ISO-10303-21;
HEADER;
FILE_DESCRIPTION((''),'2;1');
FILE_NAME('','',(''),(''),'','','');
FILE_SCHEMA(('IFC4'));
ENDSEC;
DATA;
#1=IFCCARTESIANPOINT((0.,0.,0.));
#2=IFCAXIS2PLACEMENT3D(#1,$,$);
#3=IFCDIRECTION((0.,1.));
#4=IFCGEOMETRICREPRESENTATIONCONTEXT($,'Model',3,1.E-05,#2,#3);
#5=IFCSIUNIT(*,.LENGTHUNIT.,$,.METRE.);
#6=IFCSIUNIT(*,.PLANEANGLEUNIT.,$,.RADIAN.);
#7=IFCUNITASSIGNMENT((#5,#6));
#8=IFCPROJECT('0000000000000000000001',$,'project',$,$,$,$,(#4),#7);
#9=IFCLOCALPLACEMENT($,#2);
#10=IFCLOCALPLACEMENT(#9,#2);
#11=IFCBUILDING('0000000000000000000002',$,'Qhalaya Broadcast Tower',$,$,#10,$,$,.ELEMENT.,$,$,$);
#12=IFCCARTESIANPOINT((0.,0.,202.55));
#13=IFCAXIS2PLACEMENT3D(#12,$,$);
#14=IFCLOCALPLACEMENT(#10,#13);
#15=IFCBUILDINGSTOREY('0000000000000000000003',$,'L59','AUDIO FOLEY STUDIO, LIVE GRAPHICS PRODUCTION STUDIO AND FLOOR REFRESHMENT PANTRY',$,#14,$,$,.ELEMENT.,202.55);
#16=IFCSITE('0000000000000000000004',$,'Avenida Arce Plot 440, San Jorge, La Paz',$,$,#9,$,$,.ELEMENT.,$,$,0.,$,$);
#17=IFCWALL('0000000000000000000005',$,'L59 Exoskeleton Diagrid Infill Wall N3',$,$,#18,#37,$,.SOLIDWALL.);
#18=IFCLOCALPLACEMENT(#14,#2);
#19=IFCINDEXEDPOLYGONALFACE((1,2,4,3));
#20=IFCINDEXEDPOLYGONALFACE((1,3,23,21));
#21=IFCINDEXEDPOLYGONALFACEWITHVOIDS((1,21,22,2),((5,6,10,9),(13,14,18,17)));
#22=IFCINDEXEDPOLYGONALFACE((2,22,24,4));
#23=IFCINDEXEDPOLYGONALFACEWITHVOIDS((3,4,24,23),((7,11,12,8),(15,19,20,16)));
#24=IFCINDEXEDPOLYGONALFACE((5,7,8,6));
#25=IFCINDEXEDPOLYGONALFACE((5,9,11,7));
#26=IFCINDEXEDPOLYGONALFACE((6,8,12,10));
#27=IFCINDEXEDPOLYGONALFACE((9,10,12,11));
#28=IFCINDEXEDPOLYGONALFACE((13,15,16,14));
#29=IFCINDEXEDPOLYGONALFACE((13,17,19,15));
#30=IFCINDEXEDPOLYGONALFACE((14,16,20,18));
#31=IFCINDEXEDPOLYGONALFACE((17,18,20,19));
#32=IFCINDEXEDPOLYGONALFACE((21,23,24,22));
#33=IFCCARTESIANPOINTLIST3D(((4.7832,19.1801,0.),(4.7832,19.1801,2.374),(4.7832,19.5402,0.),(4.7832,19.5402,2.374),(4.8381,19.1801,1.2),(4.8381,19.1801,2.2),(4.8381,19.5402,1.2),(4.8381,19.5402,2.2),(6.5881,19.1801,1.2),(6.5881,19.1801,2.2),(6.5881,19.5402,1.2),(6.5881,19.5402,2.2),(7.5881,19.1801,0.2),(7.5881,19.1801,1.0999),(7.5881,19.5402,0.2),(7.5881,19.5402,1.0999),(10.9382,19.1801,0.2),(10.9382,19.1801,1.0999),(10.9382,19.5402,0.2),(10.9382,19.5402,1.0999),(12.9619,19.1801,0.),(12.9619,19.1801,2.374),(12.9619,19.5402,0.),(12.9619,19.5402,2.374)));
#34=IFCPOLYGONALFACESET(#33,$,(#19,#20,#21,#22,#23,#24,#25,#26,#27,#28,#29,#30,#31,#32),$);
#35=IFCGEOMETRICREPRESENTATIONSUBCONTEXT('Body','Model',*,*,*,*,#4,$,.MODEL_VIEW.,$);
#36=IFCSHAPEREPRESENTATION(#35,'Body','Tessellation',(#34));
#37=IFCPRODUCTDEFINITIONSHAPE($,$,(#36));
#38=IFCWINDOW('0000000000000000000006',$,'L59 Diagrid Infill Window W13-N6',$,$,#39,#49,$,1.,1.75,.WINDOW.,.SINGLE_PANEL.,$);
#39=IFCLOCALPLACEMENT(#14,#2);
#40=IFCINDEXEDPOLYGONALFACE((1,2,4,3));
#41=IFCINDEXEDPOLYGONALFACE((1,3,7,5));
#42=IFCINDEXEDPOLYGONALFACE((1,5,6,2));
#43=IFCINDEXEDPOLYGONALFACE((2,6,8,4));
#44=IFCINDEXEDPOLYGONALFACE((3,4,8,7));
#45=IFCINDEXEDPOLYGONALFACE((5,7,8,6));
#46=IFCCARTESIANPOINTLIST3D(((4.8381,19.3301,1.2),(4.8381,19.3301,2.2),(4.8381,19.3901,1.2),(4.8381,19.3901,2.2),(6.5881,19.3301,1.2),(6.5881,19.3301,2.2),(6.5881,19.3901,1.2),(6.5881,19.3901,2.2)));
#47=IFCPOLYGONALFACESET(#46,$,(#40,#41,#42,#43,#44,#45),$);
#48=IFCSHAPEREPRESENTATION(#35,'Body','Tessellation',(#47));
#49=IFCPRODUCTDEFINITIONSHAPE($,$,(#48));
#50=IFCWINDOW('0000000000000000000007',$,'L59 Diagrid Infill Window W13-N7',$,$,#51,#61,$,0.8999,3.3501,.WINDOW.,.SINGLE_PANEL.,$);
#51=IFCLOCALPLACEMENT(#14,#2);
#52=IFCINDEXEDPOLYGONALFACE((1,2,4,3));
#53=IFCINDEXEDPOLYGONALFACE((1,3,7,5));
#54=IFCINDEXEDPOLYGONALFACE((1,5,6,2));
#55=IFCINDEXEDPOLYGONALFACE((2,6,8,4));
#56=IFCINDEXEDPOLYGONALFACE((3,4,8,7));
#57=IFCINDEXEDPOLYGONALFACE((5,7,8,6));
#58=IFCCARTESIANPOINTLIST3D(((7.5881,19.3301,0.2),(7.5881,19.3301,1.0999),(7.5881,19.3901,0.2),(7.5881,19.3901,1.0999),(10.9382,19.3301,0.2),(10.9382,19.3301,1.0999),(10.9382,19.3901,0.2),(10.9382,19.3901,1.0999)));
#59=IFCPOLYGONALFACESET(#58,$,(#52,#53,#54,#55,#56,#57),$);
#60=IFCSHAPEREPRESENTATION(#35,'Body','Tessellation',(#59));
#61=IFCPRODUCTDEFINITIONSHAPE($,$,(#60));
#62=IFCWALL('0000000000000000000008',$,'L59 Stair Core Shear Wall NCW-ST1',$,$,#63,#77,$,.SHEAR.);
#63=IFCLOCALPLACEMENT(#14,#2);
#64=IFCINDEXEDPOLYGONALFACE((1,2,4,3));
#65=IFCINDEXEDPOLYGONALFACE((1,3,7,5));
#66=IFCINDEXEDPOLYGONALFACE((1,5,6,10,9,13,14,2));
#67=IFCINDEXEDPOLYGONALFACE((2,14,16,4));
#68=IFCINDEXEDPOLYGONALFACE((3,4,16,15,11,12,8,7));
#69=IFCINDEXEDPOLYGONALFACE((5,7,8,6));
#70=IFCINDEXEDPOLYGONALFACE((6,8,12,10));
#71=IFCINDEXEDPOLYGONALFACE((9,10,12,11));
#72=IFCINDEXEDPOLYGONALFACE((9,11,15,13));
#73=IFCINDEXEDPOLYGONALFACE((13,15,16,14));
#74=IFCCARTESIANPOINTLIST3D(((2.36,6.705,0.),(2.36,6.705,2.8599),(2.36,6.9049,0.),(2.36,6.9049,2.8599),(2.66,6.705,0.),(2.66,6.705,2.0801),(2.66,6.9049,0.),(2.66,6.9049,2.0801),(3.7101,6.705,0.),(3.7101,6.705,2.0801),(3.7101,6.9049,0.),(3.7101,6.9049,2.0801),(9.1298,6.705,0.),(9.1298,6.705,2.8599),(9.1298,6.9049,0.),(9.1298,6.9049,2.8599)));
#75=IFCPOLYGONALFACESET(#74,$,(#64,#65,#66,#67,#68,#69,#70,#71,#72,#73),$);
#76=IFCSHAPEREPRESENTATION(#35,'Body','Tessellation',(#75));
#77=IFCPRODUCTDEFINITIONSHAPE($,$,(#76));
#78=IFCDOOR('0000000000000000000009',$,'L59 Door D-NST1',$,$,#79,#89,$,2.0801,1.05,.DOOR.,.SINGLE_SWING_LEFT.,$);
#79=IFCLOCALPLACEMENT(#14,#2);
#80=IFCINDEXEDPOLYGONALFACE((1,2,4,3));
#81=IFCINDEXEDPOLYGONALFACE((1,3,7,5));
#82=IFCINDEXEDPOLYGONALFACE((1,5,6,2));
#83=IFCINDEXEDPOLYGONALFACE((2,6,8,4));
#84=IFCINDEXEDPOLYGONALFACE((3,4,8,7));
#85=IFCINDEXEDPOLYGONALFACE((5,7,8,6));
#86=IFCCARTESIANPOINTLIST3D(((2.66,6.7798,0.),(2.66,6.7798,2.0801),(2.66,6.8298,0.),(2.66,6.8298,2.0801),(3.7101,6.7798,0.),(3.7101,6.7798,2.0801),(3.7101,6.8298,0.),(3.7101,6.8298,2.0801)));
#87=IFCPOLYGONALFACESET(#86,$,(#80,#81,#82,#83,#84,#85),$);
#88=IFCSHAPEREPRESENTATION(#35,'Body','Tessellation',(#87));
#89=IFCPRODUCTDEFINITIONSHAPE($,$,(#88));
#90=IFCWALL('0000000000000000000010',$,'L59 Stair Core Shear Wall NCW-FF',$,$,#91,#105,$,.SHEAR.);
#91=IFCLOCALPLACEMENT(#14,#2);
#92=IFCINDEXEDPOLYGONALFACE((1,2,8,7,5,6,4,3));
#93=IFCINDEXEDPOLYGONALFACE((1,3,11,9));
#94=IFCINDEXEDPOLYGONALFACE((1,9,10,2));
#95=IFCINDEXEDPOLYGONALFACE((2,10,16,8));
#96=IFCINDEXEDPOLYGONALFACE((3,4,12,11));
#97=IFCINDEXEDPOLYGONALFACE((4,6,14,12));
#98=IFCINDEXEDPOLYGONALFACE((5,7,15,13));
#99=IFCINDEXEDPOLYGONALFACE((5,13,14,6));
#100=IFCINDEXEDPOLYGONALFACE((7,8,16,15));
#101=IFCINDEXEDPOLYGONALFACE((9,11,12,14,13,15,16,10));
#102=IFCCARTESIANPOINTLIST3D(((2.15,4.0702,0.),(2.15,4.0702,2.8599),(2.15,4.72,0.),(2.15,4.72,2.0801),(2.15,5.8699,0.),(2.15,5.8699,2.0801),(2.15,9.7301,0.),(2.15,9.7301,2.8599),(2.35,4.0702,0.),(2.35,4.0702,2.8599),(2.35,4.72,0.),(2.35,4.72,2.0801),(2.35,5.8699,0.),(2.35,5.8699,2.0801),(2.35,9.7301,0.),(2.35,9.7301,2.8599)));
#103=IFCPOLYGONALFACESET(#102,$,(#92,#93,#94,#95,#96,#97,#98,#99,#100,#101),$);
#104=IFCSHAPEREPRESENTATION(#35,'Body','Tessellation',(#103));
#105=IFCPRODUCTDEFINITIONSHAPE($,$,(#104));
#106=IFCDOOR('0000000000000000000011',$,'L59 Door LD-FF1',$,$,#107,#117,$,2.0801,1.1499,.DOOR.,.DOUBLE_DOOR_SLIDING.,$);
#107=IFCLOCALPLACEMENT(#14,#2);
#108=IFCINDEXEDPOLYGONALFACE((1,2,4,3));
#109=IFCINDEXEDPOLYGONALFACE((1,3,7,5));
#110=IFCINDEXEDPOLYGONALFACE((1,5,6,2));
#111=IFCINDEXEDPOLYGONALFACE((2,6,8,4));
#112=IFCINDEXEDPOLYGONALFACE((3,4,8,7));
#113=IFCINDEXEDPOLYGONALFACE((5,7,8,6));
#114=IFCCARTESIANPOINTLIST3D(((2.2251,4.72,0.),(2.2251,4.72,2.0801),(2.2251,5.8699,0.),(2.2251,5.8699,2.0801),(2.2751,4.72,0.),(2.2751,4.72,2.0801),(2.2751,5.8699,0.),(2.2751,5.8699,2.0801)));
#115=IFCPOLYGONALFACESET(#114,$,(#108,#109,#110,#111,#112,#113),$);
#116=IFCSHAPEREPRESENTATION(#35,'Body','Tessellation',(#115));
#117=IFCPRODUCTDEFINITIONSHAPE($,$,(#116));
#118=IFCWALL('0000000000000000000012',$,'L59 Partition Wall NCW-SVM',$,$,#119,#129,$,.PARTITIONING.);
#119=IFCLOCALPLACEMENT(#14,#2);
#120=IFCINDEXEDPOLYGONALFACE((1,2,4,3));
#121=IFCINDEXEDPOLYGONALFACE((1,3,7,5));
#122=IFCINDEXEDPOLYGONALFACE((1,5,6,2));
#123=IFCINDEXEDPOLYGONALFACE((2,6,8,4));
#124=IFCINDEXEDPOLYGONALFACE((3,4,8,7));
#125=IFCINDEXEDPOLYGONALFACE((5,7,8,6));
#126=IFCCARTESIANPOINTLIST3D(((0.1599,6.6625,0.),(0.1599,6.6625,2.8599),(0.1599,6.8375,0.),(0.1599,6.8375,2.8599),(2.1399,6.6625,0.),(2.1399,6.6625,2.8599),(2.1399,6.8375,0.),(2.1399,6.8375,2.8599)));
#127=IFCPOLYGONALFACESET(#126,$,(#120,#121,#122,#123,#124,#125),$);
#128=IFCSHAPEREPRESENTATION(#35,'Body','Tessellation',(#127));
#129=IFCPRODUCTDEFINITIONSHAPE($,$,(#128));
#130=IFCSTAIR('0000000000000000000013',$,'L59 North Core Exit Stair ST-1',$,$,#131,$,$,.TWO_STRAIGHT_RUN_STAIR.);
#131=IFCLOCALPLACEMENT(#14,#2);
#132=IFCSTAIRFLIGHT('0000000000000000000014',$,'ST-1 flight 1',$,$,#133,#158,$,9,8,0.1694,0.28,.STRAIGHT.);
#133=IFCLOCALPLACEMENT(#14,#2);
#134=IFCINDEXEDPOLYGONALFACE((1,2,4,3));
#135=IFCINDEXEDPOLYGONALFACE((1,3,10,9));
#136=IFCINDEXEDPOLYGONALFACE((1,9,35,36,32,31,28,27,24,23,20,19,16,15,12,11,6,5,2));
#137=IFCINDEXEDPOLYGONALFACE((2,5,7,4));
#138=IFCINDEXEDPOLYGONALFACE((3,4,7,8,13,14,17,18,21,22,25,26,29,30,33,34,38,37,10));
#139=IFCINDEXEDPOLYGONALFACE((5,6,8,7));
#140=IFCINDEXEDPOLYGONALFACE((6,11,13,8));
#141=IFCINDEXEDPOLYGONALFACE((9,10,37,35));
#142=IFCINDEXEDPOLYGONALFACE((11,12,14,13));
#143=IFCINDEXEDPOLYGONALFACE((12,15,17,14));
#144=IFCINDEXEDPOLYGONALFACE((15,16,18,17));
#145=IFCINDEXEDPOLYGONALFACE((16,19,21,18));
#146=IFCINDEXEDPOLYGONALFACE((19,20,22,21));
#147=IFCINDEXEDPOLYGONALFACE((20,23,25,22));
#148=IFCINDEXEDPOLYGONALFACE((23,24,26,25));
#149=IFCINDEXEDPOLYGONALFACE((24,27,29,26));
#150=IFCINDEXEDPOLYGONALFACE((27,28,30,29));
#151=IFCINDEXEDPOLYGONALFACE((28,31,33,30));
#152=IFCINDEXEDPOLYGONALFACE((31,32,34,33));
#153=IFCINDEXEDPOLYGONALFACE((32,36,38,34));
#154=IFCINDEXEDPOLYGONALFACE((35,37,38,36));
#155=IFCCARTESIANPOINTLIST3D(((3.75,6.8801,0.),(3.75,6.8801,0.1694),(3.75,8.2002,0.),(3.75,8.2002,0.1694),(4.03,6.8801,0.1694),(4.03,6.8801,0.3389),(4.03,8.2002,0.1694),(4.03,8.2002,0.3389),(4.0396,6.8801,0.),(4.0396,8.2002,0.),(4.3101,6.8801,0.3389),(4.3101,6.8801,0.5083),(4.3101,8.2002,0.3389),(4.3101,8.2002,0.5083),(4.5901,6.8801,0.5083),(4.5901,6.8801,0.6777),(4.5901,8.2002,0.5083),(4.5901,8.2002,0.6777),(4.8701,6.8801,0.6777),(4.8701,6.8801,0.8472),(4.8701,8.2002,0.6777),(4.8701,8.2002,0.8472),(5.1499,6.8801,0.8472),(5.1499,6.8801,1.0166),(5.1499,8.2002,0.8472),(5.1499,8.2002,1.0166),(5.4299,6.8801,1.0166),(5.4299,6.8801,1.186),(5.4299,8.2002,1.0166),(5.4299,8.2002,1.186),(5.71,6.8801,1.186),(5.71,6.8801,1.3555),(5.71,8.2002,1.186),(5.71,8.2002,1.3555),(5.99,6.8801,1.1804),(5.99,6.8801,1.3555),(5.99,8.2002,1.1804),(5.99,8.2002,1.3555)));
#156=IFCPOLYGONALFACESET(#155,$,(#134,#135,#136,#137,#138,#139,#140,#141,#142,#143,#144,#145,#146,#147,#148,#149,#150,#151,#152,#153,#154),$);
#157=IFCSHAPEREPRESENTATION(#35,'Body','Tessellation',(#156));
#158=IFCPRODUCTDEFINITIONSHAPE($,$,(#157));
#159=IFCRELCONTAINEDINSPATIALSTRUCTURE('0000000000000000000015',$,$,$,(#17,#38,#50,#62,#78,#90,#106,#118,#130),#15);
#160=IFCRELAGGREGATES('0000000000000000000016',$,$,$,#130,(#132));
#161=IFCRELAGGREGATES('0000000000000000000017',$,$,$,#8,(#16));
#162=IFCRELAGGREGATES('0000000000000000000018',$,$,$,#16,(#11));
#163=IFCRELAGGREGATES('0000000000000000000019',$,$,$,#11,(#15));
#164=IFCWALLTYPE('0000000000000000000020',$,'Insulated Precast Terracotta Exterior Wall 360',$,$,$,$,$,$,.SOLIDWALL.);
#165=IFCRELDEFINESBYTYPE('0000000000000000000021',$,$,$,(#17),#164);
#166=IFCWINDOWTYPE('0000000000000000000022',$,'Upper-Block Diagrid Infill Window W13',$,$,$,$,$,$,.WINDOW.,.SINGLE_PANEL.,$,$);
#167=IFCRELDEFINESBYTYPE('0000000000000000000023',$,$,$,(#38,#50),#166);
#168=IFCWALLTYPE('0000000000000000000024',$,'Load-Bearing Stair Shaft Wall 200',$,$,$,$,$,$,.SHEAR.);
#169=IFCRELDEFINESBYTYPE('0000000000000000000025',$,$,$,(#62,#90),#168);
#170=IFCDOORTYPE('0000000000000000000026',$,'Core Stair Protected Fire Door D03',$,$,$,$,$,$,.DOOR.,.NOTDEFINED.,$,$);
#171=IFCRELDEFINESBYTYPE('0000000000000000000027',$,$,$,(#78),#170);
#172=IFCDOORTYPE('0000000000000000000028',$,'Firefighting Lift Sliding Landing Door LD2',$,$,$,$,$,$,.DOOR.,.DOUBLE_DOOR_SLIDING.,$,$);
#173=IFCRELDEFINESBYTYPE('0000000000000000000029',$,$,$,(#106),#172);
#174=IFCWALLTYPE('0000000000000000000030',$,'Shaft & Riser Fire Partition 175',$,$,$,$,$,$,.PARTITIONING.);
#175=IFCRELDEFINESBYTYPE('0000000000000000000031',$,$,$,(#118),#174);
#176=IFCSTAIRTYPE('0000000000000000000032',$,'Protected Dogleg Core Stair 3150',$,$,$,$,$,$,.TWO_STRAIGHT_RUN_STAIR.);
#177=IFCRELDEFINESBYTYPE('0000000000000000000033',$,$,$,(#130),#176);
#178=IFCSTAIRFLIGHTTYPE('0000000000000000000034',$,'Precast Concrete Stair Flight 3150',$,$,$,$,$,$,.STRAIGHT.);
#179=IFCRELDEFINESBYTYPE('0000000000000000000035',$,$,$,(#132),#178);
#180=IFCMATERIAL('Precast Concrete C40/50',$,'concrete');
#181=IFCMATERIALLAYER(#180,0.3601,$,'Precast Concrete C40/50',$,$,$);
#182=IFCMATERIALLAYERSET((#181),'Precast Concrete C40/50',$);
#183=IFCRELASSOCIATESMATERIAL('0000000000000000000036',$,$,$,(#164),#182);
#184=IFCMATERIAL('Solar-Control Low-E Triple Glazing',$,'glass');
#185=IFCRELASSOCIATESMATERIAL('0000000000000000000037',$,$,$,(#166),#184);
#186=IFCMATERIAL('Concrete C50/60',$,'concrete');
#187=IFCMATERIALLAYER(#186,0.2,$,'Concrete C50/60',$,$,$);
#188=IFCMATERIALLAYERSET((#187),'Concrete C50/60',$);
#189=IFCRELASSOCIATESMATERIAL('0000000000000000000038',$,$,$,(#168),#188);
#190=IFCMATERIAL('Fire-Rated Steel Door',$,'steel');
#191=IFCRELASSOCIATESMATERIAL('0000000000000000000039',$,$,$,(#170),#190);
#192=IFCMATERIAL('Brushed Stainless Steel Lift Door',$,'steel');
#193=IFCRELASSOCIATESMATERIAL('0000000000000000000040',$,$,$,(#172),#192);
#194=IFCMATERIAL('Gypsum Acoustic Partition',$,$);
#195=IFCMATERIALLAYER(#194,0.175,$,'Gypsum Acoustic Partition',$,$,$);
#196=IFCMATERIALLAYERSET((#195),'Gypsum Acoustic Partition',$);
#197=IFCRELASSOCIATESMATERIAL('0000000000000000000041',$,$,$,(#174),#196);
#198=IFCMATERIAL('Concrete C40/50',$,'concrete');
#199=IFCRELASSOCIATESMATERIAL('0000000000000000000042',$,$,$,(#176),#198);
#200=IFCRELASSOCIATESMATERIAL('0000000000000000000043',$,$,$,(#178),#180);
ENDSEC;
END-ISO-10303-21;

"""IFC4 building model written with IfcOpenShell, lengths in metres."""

from ifc_helpers import new_model, si_unit, direction, frame, frame_2d, origin, place, context, subcontext, project, spatial, polyline, rectangle, outline, extrude, material, layer, layer_set, type_object, element, fill, aggregate, save


model = new_model("IFC4")

# Units and contexts
model_context = context("Model", 3, precision=1e-05, world=origin(), true_north=direction((0.0, 1.0)))
body_context = subcontext(model_context, "Body", "Model", "MODEL_VIEW")
ifc_project = project(units=[si_unit("LENGTHUNIT", "METRE"), si_unit("PLANEANGLEUNIT", "RADIAN")], contexts=[model_context])

# Site, building, storey
site_placement = place(None, origin())
site = spatial("IfcSite", under=ifc_project, at=site_placement, Name="Avenida Arce Plot 440, San Jorge, La Paz", CompositionType="ELEMENT", RefElevation=0.0)
building_placement = place(site_placement, origin())
building = spatial("IfcBuilding", under=site, at=building_placement, Name="Qhalaya Broadcast Tower", CompositionType="ELEMENT")
storey_placement = place(building_placement, frame((0.0, 0.0, 202.55)))
storey = spatial("IfcBuildingStorey", under=building, at=storey_placement, Name="L59", Description="AUDIO FOLEY STUDIO, LIVE GRAPHICS PRODUCTION STUDIO AND FLOOR REFRESHMENT PANTRY", CompositionType="ELEMENT", Elevation=202.55)

# Shared definitions
ifc_material_1 = material(Name="Concrete C50/60", Category="concrete")

# Wall, openings, windows
ifc_material_2 = material(Name="Precast Concrete C40/50", Category="concrete")
ifc_layer_1 = layer(ifc_material_2, 0.3601, Name="Precast Concrete C40/50")
ifc_layer_set_1 = layer_set([ifc_layer_1], Name="Precast Concrete C40/50")
wall_type_1 = type_object("IfcWallType", Name="Insulated Precast Terracotta Exterior Wall 360", PredefinedType="SOLIDWALL", material=ifc_layer_set_1)
wall_1_placement = place(storey_placement, frame((4.7832, 19.3601, 0.0), z_axis=(0.0, 0.0, 1.0), x_axis=(1.0, 0.0, 0.0)))
wall_1 = element("IfcWall", 1, at=wall_1_placement, inside=storey, type_object=wall_type_1, Name="L59 Exoskeleton Diagrid Infill Wall N3", PredefinedType="SOLIDWALL", context=body_context, shape_type="SweptSolid", body=[
    extrude(rectangle(XDim=8.1787, YDim=0.3601, at=frame_2d((4.0894, 0.0))), origin(), (0.0, 0.0, 1.0), 2.374),
])
opening_1_placement = place(wall_1_placement, frame((0.0549, 0.0, 1.2)))
opening_1 = element("IfcOpeningElement", 2, at=opening_1_placement, cuts=wall_1, PredefinedType="OPENING", context=body_context, shape_type="SweptSolid", body=[
    extrude(rectangle(XDim=1.75, YDim=1.0, at=frame_2d((0.875, 0.5))), frame((0.0, 0.1921, 0.0), z_axis=(0.0, -1.0, 0.0), x_axis=(1.0, 0.0, 0.0)), (0.0, 0.0, 1.0), 0.384),
])
opening_2_placement = place(wall_1_placement, frame((2.8049, 0.0, 0.2)))
opening_2 = element("IfcOpeningElement", 3, at=opening_2_placement, cuts=wall_1, PredefinedType="OPENING", context=body_context, shape_type="SweptSolid", body=[
    extrude(rectangle(XDim=3.3501, YDim=0.8999, at=frame_2d((1.675, 0.45))), frame((0.0, 0.1921, 0.0), z_axis=(0.0, -1.0, 0.0), x_axis=(1.0, 0.0, 0.0)), (0.0, 0.0, 1.0), 0.384),
])
ifc_material_3 = material(Name="Solar-Control Low-E Triple Glazing", Category="glass")
window_type = type_object("IfcWindowType", Name="Upper-Block Diagrid Infill Window W13", PartitioningType="SINGLE_PANEL", PredefinedType="WINDOW", material=ifc_material_3)
window_1_placement = place(opening_1_placement, origin())
window_1 = element("IfcWindow", 4, at=window_1_placement, inside=storey, type_object=window_type, Name="L59 Diagrid Infill Window W13-N6", OverallHeight=1.0, OverallWidth=1.75, PartitioningType="SINGLE_PANEL", PredefinedType="WINDOW", context=body_context, shape_type="SweptSolid", body=[
    extrude(rectangle(XDim=1.75, YDim=1.0, at=frame_2d((0.875, 0.5))), frame((0.0, 0.03, 0.0), z_axis=(0.0, -1.0, 0.0), x_axis=(1.0, 0.0, 0.0)), (0.0, 0.0, 1.0), 0.0601),
])
fill(opening_1, window_1)
window_2_placement = place(opening_2_placement, origin())
window_2 = element("IfcWindow", 5, at=window_2_placement, inside=storey, type_object=window_type, Name="L59 Diagrid Infill Window W13-N7", OverallHeight=0.8999, OverallWidth=3.3501, PartitioningType="SINGLE_PANEL", PredefinedType="WINDOW", context=body_context, shape_type="SweptSolid", body=[
    extrude(rectangle(XDim=3.3501, YDim=0.8999, at=frame_2d((1.675, 0.45))), frame((0.0, 0.03, 0.0), z_axis=(0.0, -1.0, 0.0), x_axis=(1.0, 0.0, 0.0)), (0.0, 0.0, 1.0), 0.0601),
])
fill(opening_2, window_2)

# Walls, openings, doors
ifc_layer_2 = layer(ifc_material_1, 0.2, Name="Concrete C50/60")
ifc_layer_set_2 = layer_set([ifc_layer_2], Name="Concrete C50/60")
wall_type_2 = type_object("IfcWallType", Name="Load-Bearing Stair Shaft Wall 200", PredefinedType="SHEAR", material=ifc_layer_set_2)
wall_2_placement = place(storey_placement, frame((2.3601, 6.8049, 0.0), z_axis=(0.0, 0.0, 1.0), x_axis=(1.0, 0.0, 0.0)))
wall_2 = element("IfcWall", 6, at=wall_2_placement, inside=storey, type_object=wall_type_2, Name="L59 Stair Core Shear Wall NCW-ST1", PredefinedType="SHEAR", context=body_context, shape_type="SweptSolid", body=[
    extrude(rectangle(XDim=6.7698, YDim=0.2, at=frame_2d((3.3848, 0.0))), origin(), (0.0, 0.0, 1.0), 2.8599),
])
opening_3_placement = place(wall_2_placement, frame((0.3, 0.0, 0.0)))
opening_3 = element("IfcOpeningElement", 7, at=opening_3_placement, cuts=wall_2, PredefinedType="OPENING", context=body_context, shape_type="SweptSolid", body=[
    extrude(rectangle(XDim=1.05, YDim=2.0801, at=frame_2d((0.5249, 1.04))), frame((0.0, 0.1121, 0.0), z_axis=(0.0, -1.0, 0.0), x_axis=(1.0, 0.0, 0.0)), (0.0, 0.0, 1.0), 0.2239),
])
ifc_material_4 = material(Name="Fire-Rated Steel Door", Category="steel")
door_type_1 = type_object("IfcDoorType", Name="Core Stair Protected Fire Door D03", OperationType="NOTDEFINED", PredefinedType="DOOR", material=ifc_material_4)
door_1_placement = place(opening_3_placement, origin())
door_1 = element("IfcDoor", 8, at=door_1_placement, inside=storey, type_object=door_type_1, Name="L59 Door D-NST1", OperationType="SINGLE_SWING_LEFT", OverallHeight=2.0801, OverallWidth=1.05, PredefinedType="DOOR", context=body_context, shape_type="SweptSolid", body=[
    extrude(rectangle(XDim=1.05, YDim=2.0801, at=frame_2d((0.5249, 1.04))), frame((0.0, 0.0249, 0.0), z_axis=(0.0, -1.0, 0.0), x_axis=(1.0, 0.0, 0.0)), (0.0, 0.0, 1.0), 0.05),
])
fill(opening_3, door_1)
wall_3_placement = place(storey_placement, frame((2.25, 4.0701, 0.0), z_axis=(0.0, 0.0, 1.0), x_axis=(0.0, 1.0, 0.0)))
wall_3 = element("IfcWall", 9, at=wall_3_placement, inside=storey, type_object=wall_type_2, Name="L59 Stair Core Shear Wall NCW-FF", PredefinedType="SHEAR", context=body_context, shape_type="SweptSolid", body=[
    extrude(rectangle(XDim=5.6599, YDim=0.2, at=frame_2d((2.8301, 0.0))), origin(), (0.0, 0.0, 1.0), 2.8599),
])
opening_4_placement = place(wall_3_placement, frame((0.6499, 0.0, 0.0)))
opening_4 = element("IfcOpeningElement", 10, at=opening_4_placement, cuts=wall_3, PredefinedType="OPENING", context=body_context, shape_type="SweptSolid", body=[
    extrude(rectangle(XDim=1.1499, YDim=2.0801, at=frame_2d((0.575, 1.04))), frame((0.0, 0.1121, 0.0), z_axis=(0.0, -1.0, 0.0), x_axis=(1.0, 0.0, 0.0)), (0.0, 0.0, 1.0), 0.2239),
])
ifc_material_5 = material(Name="Brushed Stainless Steel Lift Door", Category="steel")
door_type_2 = type_object("IfcDoorType", Name="Firefighting Lift Sliding Landing Door LD2", OperationType="DOUBLE_DOOR_SLIDING", PredefinedType="DOOR", material=ifc_material_5)
door_2_placement = place(opening_4_placement, origin())
door_2 = element("IfcDoor", 11, at=door_2_placement, inside=storey, type_object=door_type_2, Name="L59 Door LD-FF1", OperationType="DOUBLE_DOOR_SLIDING", OverallHeight=2.0801, OverallWidth=1.1499, PredefinedType="DOOR", context=body_context, shape_type="SweptSolid", body=[
    extrude(rectangle(XDim=1.1499, YDim=2.0801, at=frame_2d((0.575, 1.04))), frame((0.0, 0.0249, 0.0), z_axis=(0.0, -1.0, 0.0), x_axis=(1.0, 0.0, 0.0)), (0.0, 0.0, 1.0), 0.05),
])
fill(opening_4, door_2)
ifc_material_6 = material(Name="Gypsum Acoustic Partition")
ifc_layer_3 = layer(ifc_material_6, 0.175, Name="Gypsum Acoustic Partition")
ifc_layer_set_3 = layer_set([ifc_layer_3], Name="Gypsum Acoustic Partition")
wall_type_3 = type_object("IfcWallType", Name="Shaft & Riser Fire Partition 175", PredefinedType="PARTITIONING", material=ifc_layer_set_3)

# Wall
wall_4_placement = place(storey_placement, frame((0.1599, 6.75, 0.0), z_axis=(0.0, 0.0, 1.0), x_axis=(1.0, 0.0, 0.0)))
element("IfcWall", 12, at=wall_4_placement, inside=storey, type_object=wall_type_3, Name="L59 Partition Wall NCW-SVM", PredefinedType="PARTITIONING", context=body_context, shape_type="SweptSolid", body=[
    extrude(rectangle(XDim=1.98, YDim=0.175, at=frame_2d((0.99, 0.0))), origin(), (0.0, 0.0, 1.0), 2.8599),
])

# Stair, stair flight
ifc_material_7 = material(Name="Concrete C40/50", Category="concrete")
stair_type = type_object("IfcStairType", Name="Protected Dogleg Core Stair 3150", PredefinedType="TWO_STRAIGHT_RUN_STAIR", material=ifc_material_7)
stair_placement = place(storey_placement, origin())
stair = element("IfcStair", 13, at=stair_placement, inside=storey, type_object=stair_type, Name="L59 North Core Exit Stair ST-1", PredefinedType="TWO_STRAIGHT_RUN_STAIR")
stair_flight_type = type_object("IfcStairFlightType", Name="Precast Concrete Stair Flight 3150", PredefinedType="STRAIGHT", material=ifc_material_2)
stair_flight_1_placement = place(storey_placement, frame((3.75, 7.54, 0.0), z_axis=(0.0, 0.0, 1.0), x_axis=(1.0, 0.0, 0.0)))
stair_flight_1 = element("IfcStairFlight", 14, at=stair_flight_1_placement, type_object=stair_flight_type, Name="ST-1 flight 1", NumberOfRisers=9, NumberOfTreads=8, PredefinedType="STRAIGHT", RiserHeight=0.1694, TreadLength=0.28, context=body_context, shape_type="SweptSolid", body=[
    extrude(outline(polyline([(0.0, 0.0), (0.0, 0.1694), (0.28, 0.1694), (0.28, 0.3389), (0.5601, 0.3389), (0.5601, 0.5083), (0.8401, 0.5083), (0.8401, 0.6777), (1.1201, 0.6777), (1.1201, 0.8472), (1.3999, 0.8472), (1.3999, 1.0166), (1.6799, 1.0166), (1.6799, 1.186), (1.96, 1.186), (1.96, 1.3555), (2.24, 1.3555), (2.24, 1.5249), (2.24, 1.1804), (0.2896, 0.0), (0.0, 0.0)])), frame((0.0, 0.6602, 0.0), z_axis=(0.0, -1.0, 0.0), x_axis=(1.0, 0.0, 0.0)), (0.0, 0.0, 1.0), 1.3201),
])
aggregate(stair, [stair_flight_1])

save(model, "model.ifc")
